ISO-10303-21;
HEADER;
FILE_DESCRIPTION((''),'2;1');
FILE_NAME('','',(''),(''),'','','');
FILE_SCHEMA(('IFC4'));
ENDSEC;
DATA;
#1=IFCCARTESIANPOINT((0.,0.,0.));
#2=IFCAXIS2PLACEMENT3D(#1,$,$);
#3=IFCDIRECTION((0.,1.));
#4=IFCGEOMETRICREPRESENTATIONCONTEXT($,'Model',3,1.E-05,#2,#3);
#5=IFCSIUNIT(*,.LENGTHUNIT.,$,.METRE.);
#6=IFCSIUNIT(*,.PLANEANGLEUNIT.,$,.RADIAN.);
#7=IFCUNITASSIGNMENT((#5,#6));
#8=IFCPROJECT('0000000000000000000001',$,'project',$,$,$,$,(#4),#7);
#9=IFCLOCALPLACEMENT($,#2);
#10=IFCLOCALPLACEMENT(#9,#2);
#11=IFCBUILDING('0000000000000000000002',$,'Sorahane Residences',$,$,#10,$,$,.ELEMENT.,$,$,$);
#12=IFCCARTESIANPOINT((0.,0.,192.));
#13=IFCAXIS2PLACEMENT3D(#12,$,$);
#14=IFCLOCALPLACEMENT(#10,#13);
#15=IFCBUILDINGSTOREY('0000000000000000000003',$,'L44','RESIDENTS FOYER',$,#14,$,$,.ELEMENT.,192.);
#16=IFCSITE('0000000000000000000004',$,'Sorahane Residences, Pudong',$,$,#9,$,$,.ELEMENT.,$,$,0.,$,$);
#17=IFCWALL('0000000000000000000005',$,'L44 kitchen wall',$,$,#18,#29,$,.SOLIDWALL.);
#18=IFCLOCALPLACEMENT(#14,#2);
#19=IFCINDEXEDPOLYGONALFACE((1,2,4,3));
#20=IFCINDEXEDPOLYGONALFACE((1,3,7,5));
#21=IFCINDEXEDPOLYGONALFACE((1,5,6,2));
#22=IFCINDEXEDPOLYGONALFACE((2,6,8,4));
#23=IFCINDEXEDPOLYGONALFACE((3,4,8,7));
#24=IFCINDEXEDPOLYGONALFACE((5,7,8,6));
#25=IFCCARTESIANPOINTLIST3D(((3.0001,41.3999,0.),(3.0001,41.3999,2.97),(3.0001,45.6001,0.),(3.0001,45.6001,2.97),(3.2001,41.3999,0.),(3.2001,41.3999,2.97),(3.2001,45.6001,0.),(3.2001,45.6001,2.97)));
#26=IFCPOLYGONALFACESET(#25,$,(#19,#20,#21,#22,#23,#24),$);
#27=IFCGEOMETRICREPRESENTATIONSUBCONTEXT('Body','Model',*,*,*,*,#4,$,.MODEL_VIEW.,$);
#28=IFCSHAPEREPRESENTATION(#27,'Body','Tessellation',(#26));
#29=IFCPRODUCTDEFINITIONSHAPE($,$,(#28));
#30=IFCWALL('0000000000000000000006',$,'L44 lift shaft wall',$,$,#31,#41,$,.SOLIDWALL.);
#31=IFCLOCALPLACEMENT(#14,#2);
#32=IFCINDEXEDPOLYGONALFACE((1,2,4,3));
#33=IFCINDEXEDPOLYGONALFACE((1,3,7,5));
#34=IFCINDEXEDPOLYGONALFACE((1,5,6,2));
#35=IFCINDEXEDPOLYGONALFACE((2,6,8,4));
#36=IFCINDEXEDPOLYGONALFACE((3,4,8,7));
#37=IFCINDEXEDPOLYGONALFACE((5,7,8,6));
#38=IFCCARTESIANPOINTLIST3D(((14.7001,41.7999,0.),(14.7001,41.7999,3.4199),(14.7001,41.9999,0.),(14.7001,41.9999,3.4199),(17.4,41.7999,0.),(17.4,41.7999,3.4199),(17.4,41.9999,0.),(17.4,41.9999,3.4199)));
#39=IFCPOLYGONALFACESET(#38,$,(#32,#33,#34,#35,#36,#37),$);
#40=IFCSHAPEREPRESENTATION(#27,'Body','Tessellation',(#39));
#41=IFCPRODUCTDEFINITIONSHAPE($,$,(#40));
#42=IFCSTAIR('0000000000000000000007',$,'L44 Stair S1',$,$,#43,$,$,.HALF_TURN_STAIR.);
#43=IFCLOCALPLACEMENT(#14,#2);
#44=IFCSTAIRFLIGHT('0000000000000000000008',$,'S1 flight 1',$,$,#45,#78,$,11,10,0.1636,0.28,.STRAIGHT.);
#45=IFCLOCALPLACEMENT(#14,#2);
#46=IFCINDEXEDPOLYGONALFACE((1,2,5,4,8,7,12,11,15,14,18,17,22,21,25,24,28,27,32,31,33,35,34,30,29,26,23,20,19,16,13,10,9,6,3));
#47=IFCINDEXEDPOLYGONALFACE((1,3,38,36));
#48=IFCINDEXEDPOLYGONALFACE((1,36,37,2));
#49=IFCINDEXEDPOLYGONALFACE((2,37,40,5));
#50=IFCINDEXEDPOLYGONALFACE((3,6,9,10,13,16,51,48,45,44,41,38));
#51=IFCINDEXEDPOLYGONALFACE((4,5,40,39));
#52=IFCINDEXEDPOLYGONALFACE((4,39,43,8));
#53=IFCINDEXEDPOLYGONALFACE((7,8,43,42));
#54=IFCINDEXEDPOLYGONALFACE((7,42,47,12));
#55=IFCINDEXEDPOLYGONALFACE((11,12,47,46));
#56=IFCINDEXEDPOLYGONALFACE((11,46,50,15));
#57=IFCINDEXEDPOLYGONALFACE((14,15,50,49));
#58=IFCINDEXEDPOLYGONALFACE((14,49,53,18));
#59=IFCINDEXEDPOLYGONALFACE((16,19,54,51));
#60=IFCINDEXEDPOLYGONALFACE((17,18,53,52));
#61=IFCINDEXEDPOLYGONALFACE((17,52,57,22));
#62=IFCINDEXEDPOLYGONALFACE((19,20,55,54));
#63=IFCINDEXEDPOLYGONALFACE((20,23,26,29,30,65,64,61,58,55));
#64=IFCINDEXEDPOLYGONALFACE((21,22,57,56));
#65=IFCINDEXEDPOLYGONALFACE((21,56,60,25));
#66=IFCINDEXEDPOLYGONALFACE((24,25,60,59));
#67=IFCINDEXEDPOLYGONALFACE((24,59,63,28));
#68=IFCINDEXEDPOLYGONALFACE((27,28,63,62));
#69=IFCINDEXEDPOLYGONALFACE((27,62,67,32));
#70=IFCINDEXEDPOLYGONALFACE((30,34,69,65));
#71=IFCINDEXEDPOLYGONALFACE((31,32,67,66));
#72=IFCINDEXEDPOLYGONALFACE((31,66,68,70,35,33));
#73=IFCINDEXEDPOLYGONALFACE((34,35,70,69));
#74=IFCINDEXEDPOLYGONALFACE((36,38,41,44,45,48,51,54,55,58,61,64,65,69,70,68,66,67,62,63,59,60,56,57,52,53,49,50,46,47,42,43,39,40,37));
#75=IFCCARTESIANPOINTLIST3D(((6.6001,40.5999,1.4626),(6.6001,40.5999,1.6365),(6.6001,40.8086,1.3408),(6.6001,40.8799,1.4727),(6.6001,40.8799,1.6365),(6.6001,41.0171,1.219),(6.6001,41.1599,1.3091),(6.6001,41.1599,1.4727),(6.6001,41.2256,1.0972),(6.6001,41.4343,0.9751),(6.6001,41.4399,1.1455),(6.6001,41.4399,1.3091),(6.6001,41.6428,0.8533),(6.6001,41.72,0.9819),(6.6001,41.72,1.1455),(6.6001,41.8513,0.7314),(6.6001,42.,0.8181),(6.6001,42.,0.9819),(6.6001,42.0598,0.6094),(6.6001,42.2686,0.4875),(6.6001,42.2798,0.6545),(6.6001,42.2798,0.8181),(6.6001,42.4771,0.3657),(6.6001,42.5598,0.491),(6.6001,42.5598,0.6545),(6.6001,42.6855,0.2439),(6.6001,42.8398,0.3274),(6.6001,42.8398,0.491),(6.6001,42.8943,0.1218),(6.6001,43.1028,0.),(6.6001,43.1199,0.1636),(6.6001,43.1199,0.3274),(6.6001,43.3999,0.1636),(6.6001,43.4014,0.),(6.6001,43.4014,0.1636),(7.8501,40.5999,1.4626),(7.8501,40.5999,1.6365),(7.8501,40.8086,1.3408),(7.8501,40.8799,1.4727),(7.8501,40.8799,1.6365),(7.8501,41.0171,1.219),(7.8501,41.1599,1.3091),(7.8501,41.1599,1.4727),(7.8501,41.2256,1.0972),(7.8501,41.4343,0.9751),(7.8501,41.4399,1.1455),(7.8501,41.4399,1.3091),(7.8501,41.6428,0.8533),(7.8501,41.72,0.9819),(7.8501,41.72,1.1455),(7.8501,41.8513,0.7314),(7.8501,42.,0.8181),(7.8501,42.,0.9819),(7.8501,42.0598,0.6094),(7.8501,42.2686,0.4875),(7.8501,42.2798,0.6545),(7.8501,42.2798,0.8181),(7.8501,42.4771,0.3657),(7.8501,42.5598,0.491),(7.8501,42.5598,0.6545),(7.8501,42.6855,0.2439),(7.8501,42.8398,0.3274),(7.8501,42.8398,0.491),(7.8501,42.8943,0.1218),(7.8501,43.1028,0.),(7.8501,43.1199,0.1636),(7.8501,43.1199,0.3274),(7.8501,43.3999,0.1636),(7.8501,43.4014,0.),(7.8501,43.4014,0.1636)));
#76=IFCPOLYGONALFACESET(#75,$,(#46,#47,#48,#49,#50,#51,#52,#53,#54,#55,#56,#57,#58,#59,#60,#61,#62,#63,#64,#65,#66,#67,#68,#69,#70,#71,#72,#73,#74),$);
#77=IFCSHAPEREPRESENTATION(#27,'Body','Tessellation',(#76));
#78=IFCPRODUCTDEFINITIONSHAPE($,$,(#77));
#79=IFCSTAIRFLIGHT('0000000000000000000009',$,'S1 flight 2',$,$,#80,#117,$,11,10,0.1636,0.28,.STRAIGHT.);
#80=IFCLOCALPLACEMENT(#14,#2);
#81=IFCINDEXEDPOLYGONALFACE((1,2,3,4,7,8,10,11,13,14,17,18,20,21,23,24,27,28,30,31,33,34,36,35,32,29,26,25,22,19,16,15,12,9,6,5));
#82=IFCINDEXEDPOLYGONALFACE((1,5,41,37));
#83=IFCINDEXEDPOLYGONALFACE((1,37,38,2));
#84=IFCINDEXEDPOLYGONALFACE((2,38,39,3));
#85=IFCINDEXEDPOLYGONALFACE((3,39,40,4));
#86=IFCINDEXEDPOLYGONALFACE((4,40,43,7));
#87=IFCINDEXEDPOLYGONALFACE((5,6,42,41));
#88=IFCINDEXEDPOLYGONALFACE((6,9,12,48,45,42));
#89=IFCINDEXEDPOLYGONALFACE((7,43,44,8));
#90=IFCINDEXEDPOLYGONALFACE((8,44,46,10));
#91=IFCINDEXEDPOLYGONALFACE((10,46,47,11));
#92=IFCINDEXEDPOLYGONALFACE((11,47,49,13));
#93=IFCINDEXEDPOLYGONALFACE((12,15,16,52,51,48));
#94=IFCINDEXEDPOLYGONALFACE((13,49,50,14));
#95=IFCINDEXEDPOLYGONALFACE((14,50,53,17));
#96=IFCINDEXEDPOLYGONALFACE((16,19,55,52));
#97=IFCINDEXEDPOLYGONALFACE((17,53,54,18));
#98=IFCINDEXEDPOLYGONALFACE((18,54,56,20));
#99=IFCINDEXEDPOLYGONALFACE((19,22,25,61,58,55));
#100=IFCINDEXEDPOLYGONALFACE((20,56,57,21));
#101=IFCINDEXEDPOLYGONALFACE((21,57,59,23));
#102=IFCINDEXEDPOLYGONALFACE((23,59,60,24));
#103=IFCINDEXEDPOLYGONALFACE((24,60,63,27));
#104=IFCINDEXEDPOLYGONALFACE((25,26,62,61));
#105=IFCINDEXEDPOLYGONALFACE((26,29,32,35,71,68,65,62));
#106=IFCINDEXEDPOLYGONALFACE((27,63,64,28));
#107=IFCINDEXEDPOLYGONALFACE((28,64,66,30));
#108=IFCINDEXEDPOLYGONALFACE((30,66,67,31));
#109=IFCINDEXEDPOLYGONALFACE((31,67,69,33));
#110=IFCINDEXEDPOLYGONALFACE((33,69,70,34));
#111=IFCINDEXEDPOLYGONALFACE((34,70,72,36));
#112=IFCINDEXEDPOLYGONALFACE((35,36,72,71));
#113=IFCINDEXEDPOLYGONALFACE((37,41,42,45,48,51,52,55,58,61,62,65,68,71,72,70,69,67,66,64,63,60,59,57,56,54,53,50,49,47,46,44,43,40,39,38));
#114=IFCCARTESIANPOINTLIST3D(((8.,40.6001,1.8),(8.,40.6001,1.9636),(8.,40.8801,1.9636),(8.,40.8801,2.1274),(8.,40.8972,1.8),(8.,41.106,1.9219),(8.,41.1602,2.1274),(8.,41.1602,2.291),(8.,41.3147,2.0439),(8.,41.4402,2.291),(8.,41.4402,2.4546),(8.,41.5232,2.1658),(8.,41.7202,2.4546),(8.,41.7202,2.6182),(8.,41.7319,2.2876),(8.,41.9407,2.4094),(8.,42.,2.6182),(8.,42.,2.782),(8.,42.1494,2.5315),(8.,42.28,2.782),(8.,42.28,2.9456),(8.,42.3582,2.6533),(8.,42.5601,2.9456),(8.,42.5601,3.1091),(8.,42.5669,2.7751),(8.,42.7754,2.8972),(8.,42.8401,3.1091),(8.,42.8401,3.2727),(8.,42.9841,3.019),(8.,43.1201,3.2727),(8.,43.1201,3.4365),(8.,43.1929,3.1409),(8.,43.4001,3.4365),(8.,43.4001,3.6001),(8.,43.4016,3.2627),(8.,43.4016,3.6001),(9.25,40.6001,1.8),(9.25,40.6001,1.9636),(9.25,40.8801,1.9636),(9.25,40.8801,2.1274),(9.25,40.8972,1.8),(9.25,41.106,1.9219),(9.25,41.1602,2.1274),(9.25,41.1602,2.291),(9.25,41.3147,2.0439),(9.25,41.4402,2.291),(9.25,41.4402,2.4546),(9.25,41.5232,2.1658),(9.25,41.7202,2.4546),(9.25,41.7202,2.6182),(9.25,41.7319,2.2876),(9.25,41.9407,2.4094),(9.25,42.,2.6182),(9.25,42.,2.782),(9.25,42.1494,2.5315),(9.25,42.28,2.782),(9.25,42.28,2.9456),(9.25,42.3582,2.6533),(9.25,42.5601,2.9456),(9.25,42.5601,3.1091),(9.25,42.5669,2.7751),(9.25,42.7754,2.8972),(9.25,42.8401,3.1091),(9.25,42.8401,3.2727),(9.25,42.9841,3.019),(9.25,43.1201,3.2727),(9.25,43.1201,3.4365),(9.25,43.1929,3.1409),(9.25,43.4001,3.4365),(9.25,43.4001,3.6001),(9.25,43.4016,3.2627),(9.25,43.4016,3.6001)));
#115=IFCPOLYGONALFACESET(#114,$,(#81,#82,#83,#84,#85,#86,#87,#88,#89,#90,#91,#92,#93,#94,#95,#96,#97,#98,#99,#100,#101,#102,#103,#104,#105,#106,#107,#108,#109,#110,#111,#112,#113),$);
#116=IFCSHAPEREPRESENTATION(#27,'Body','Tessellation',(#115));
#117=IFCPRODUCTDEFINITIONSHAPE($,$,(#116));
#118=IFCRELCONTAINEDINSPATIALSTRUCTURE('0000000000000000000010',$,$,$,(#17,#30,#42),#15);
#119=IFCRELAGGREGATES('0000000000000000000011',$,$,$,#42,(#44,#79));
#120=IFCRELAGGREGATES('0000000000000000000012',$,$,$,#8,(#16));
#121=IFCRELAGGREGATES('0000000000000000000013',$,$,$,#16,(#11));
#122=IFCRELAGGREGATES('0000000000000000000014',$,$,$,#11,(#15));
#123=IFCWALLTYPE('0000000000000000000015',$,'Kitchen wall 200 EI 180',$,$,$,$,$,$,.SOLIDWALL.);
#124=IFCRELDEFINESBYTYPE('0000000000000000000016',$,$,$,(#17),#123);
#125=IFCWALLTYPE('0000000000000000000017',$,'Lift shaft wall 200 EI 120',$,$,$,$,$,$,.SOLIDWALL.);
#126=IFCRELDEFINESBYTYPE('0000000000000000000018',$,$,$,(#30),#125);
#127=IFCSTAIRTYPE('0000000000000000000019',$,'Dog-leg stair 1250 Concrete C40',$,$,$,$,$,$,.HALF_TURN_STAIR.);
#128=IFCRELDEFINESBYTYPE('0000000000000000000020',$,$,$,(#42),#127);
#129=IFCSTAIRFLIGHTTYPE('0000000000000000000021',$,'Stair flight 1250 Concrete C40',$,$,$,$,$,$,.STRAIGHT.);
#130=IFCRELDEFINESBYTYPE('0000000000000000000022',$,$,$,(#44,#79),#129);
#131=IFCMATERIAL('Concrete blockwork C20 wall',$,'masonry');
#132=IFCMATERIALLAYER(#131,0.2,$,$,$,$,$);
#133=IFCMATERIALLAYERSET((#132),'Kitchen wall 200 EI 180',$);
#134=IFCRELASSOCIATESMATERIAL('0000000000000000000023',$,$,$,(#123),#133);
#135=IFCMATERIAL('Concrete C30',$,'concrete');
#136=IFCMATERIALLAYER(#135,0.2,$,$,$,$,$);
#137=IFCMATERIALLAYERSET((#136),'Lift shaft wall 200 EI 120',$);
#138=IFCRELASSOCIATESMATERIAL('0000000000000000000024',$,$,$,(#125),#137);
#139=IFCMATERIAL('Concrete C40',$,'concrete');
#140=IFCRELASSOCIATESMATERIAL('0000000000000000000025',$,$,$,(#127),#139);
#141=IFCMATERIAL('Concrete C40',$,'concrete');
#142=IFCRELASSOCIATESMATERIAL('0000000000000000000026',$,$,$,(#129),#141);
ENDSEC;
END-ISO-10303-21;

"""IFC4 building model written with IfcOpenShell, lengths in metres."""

from ifc_helpers import new_model, si_unit, direction, frame, frame_2d, origin, place, context, subcontext, project, spatial, polyline, rectangle, outline, extrude, material, layer, layer_set, type_object, element, aggregate, save


model = new_model("IFC4")

# Units and contexts
model_context = context("Model", 3, precision=1e-05, world=origin(), true_north=direction((0.0, 1.0)))
body_context = subcontext(model_context, "Body", "Model", "MODEL_VIEW")
ifc_project = project(units=[si_unit("LENGTHUNIT", "METRE"), si_unit("PLANEANGLEUNIT", "RADIAN")], contexts=[model_context])

# Site, building, storey
site_placement = place(None, origin())
site = spatial("IfcSite", under=ifc_project, at=site_placement, Name="Sorahane Residences, Pudong", CompositionType="ELEMENT", RefElevation=0.0)
building_placement = place(site_placement, origin())
building = spatial("IfcBuilding", under=site, at=building_placement, Name="Sorahane Residences", CompositionType="ELEMENT")
storey_placement = place(building_placement, frame((0.0, 0.0, 192.0)))
storey = spatial("IfcBuildingStorey", under=building, at=storey_placement, Name="L44", Description="RESIDENTS FOYER", CompositionType="ELEMENT", Elevation=192.0)

# Walls
ifc_material_1 = material(Name="Concrete blockwork C20 wall", Category="masonry")
ifc_layer_1 = layer(ifc_material_1, 0.2)
ifc_layer_set_1 = layer_set([ifc_layer_1], Name="Kitchen wall 200 EI 180")
wall_type_1 = type_object("IfcWallType", Name="Kitchen wall 200 EI 180", PredefinedType="SOLIDWALL", material=ifc_layer_set_1)
wall_1_placement = place(storey_placement, frame((3.1001, 41.3999, 0.0), z_axis=(0.0, 0.0, 1.0), x_axis=(0.0, 1.0, 0.0)))
element("IfcWall", 1, at=wall_1_placement, inside=storey, type_object=wall_type_1, Name="L44 kitchen wall", PredefinedType="SOLIDWALL", context=body_context, shape_type="SweptSolid", body=[
    extrude(rectangle(XDim=4.2002, YDim=0.2, at=frame_2d((2.1001, 0.0))), origin(), (0.0, 0.0, 1.0), 2.97),
])
ifc_material_2 = material(Name="Concrete C30", Category="concrete")
ifc_layer_2 = layer(ifc_material_2, 0.2)
ifc_layer_set_2 = layer_set([ifc_layer_2], Name="Lift shaft wall 200 EI 120")
wall_type_2 = type_object("IfcWallType", Name="Lift shaft wall 200 EI 120", PredefinedType="SOLIDWALL", material=ifc_layer_set_2)
wall_2_placement = place(storey_placement, frame((14.7, 41.8999, 0.0), z_axis=(0.0, 0.0, 1.0), x_axis=(1.0, 0.0, 0.0)))
element("IfcWall", 2, at=wall_2_placement, inside=storey, type_object=wall_type_2, Name="L44 lift shaft wall", PredefinedType="SOLIDWALL", context=body_context, shape_type="SweptSolid", body=[
    extrude(rectangle(XDim=2.7, YDim=0.2, at=frame_2d((1.3501, 0.0))), origin(), (0.0, 0.0, 1.0), 3.4199),
])

# Stair, stair flights
ifc_material_3 = material(Name="Concrete C40", Category="concrete")
stair_type = type_object("IfcStairType", Name="Dog-leg stair 1250 Concrete C40", PredefinedType="HALF_TURN_STAIR", material=ifc_material_3)
stair_placement = place(storey_placement, origin())
stair = element("IfcStair", 3, at=stair_placement, inside=storey, type_object=stair_type, Name="L44 Stair S1", PredefinedType="HALF_TURN_STAIR")
ifc_material_4 = material(Name="Concrete C40", Category="concrete")
stair_flight_type = type_object("IfcStairFlightType", Name="Stair flight 1250 Concrete C40", PredefinedType="STRAIGHT", material=ifc_material_4)
stair_flight_1_placement = place(storey_placement, frame((7.2251, 43.3999, 0.0), z_axis=(0.0, 0.0, 1.0), x_axis=(0.0, -1.0, 0.0)))
stair_flight_1 = element("IfcStairFlight", 4, at=stair_flight_1_placement, type_object=stair_flight_type, Name="S1 flight 1", NumberOfRisers=11, NumberOfTreads=10, PredefinedType="STRAIGHT", RiserHeight=0.1636, TreadLength=0.28, context=body_context, shape_type="SweptSolid", body=[
    extrude(outline(polyline([(-0.0015, 0.0), (-0.0015, 0.1636), (0.0, 0.1636), (0.28, 0.1636), (0.28, 0.3274), (0.5601, 0.3274), (0.5601, 0.491), (0.8401, 0.491), (0.8401, 0.6545), (1.1201, 0.6545), (1.1201, 0.8181), (1.3999, 0.8181), (1.3999, 0.9819), (1.6799, 0.9819), (1.6799, 1.1455), (1.96, 1.1455), (1.96, 1.3091), (2.24, 1.3091), (2.24, 1.4727), (2.52, 1.4727), (2.52, 1.6365), (2.8, 1.6365), (2.8, 1.8), (2.8, 1.4626), (2.5913, 1.3408), (2.3828, 1.219), (2.1743, 1.0972), (1.9656, 0.9751), (1.7571, 0.8533), (1.5486, 0.7314), (1.3401, 0.6094), (1.1313, 0.4875), (0.9229, 0.3657), (0.7144, 0.2439), (0.5056, 0.1218), (0.2971, 0.0), (-0.0015, 0.0)])), frame((0.0, 0.625, 0.0), z_axis=(0.0, -1.0, 0.0), x_axis=(1.0, 0.0, 0.0)), (0.0, 0.0, 1.0), 1.25),
])
stair_flight_2_placement = place(storey_placement, frame((8.625, 40.6001, 1.8), z_axis=(0.0, 0.0, 1.0), x_axis=(0.0, 1.0, 0.0)))
stair_flight_2 = element("IfcStairFlight", 5, at=stair_flight_2_placement, type_object=stair_flight_type, Name="S1 flight 2", NumberOfRisers=11, NumberOfTreads=10, PredefinedType="STRAIGHT", RiserHeight=0.1636, TreadLength=0.28, context=body_context, shape_type="SweptSolid", body=[
    extrude(outline(polyline([(0.0, 0.0), (0.0, 0.1636), (0.28, 0.1636), (0.28, 0.3274), (0.5601, 0.3274), (0.5601, 0.491), (0.8401, 0.491), (0.8401, 0.6545), (1.1201, 0.6545), (1.1201, 0.8181), (1.3999, 0.8181), (1.3999, 0.9819), (1.6799, 0.9819), (1.6799, 1.1455), (1.96, 1.1455), (1.96, 1.3091), (2.24, 1.3091), (2.24, 1.4727), (2.52, 1.4727), (2.52, 1.6365), (2.8, 1.6365), (2.8, 1.8), (2.8015, 1.8), (2.8015, 1.4626), (2.5928, 1.3408), (2.384, 1.219), (2.1753, 1.0972), (1.9668, 0.9751), (1.7581, 0.8533), (1.5493, 0.7314), (1.3406, 0.6094), (1.1318, 0.4875), (0.9231, 0.3657), (0.7146, 0.2439), (0.5059, 0.1218), (0.2971, 0.0), (0.0, 0.0)])), frame((0.0, 0.625, 0.0), z_axis=(0.0, -1.0, 0.0), x_axis=(1.0, 0.0, 0.0)), (0.0, 0.0, 1.0), 1.25),
])
aggregate(stair, [stair_flight_1, stair_flight_2])

save(model, "model.ifc")
